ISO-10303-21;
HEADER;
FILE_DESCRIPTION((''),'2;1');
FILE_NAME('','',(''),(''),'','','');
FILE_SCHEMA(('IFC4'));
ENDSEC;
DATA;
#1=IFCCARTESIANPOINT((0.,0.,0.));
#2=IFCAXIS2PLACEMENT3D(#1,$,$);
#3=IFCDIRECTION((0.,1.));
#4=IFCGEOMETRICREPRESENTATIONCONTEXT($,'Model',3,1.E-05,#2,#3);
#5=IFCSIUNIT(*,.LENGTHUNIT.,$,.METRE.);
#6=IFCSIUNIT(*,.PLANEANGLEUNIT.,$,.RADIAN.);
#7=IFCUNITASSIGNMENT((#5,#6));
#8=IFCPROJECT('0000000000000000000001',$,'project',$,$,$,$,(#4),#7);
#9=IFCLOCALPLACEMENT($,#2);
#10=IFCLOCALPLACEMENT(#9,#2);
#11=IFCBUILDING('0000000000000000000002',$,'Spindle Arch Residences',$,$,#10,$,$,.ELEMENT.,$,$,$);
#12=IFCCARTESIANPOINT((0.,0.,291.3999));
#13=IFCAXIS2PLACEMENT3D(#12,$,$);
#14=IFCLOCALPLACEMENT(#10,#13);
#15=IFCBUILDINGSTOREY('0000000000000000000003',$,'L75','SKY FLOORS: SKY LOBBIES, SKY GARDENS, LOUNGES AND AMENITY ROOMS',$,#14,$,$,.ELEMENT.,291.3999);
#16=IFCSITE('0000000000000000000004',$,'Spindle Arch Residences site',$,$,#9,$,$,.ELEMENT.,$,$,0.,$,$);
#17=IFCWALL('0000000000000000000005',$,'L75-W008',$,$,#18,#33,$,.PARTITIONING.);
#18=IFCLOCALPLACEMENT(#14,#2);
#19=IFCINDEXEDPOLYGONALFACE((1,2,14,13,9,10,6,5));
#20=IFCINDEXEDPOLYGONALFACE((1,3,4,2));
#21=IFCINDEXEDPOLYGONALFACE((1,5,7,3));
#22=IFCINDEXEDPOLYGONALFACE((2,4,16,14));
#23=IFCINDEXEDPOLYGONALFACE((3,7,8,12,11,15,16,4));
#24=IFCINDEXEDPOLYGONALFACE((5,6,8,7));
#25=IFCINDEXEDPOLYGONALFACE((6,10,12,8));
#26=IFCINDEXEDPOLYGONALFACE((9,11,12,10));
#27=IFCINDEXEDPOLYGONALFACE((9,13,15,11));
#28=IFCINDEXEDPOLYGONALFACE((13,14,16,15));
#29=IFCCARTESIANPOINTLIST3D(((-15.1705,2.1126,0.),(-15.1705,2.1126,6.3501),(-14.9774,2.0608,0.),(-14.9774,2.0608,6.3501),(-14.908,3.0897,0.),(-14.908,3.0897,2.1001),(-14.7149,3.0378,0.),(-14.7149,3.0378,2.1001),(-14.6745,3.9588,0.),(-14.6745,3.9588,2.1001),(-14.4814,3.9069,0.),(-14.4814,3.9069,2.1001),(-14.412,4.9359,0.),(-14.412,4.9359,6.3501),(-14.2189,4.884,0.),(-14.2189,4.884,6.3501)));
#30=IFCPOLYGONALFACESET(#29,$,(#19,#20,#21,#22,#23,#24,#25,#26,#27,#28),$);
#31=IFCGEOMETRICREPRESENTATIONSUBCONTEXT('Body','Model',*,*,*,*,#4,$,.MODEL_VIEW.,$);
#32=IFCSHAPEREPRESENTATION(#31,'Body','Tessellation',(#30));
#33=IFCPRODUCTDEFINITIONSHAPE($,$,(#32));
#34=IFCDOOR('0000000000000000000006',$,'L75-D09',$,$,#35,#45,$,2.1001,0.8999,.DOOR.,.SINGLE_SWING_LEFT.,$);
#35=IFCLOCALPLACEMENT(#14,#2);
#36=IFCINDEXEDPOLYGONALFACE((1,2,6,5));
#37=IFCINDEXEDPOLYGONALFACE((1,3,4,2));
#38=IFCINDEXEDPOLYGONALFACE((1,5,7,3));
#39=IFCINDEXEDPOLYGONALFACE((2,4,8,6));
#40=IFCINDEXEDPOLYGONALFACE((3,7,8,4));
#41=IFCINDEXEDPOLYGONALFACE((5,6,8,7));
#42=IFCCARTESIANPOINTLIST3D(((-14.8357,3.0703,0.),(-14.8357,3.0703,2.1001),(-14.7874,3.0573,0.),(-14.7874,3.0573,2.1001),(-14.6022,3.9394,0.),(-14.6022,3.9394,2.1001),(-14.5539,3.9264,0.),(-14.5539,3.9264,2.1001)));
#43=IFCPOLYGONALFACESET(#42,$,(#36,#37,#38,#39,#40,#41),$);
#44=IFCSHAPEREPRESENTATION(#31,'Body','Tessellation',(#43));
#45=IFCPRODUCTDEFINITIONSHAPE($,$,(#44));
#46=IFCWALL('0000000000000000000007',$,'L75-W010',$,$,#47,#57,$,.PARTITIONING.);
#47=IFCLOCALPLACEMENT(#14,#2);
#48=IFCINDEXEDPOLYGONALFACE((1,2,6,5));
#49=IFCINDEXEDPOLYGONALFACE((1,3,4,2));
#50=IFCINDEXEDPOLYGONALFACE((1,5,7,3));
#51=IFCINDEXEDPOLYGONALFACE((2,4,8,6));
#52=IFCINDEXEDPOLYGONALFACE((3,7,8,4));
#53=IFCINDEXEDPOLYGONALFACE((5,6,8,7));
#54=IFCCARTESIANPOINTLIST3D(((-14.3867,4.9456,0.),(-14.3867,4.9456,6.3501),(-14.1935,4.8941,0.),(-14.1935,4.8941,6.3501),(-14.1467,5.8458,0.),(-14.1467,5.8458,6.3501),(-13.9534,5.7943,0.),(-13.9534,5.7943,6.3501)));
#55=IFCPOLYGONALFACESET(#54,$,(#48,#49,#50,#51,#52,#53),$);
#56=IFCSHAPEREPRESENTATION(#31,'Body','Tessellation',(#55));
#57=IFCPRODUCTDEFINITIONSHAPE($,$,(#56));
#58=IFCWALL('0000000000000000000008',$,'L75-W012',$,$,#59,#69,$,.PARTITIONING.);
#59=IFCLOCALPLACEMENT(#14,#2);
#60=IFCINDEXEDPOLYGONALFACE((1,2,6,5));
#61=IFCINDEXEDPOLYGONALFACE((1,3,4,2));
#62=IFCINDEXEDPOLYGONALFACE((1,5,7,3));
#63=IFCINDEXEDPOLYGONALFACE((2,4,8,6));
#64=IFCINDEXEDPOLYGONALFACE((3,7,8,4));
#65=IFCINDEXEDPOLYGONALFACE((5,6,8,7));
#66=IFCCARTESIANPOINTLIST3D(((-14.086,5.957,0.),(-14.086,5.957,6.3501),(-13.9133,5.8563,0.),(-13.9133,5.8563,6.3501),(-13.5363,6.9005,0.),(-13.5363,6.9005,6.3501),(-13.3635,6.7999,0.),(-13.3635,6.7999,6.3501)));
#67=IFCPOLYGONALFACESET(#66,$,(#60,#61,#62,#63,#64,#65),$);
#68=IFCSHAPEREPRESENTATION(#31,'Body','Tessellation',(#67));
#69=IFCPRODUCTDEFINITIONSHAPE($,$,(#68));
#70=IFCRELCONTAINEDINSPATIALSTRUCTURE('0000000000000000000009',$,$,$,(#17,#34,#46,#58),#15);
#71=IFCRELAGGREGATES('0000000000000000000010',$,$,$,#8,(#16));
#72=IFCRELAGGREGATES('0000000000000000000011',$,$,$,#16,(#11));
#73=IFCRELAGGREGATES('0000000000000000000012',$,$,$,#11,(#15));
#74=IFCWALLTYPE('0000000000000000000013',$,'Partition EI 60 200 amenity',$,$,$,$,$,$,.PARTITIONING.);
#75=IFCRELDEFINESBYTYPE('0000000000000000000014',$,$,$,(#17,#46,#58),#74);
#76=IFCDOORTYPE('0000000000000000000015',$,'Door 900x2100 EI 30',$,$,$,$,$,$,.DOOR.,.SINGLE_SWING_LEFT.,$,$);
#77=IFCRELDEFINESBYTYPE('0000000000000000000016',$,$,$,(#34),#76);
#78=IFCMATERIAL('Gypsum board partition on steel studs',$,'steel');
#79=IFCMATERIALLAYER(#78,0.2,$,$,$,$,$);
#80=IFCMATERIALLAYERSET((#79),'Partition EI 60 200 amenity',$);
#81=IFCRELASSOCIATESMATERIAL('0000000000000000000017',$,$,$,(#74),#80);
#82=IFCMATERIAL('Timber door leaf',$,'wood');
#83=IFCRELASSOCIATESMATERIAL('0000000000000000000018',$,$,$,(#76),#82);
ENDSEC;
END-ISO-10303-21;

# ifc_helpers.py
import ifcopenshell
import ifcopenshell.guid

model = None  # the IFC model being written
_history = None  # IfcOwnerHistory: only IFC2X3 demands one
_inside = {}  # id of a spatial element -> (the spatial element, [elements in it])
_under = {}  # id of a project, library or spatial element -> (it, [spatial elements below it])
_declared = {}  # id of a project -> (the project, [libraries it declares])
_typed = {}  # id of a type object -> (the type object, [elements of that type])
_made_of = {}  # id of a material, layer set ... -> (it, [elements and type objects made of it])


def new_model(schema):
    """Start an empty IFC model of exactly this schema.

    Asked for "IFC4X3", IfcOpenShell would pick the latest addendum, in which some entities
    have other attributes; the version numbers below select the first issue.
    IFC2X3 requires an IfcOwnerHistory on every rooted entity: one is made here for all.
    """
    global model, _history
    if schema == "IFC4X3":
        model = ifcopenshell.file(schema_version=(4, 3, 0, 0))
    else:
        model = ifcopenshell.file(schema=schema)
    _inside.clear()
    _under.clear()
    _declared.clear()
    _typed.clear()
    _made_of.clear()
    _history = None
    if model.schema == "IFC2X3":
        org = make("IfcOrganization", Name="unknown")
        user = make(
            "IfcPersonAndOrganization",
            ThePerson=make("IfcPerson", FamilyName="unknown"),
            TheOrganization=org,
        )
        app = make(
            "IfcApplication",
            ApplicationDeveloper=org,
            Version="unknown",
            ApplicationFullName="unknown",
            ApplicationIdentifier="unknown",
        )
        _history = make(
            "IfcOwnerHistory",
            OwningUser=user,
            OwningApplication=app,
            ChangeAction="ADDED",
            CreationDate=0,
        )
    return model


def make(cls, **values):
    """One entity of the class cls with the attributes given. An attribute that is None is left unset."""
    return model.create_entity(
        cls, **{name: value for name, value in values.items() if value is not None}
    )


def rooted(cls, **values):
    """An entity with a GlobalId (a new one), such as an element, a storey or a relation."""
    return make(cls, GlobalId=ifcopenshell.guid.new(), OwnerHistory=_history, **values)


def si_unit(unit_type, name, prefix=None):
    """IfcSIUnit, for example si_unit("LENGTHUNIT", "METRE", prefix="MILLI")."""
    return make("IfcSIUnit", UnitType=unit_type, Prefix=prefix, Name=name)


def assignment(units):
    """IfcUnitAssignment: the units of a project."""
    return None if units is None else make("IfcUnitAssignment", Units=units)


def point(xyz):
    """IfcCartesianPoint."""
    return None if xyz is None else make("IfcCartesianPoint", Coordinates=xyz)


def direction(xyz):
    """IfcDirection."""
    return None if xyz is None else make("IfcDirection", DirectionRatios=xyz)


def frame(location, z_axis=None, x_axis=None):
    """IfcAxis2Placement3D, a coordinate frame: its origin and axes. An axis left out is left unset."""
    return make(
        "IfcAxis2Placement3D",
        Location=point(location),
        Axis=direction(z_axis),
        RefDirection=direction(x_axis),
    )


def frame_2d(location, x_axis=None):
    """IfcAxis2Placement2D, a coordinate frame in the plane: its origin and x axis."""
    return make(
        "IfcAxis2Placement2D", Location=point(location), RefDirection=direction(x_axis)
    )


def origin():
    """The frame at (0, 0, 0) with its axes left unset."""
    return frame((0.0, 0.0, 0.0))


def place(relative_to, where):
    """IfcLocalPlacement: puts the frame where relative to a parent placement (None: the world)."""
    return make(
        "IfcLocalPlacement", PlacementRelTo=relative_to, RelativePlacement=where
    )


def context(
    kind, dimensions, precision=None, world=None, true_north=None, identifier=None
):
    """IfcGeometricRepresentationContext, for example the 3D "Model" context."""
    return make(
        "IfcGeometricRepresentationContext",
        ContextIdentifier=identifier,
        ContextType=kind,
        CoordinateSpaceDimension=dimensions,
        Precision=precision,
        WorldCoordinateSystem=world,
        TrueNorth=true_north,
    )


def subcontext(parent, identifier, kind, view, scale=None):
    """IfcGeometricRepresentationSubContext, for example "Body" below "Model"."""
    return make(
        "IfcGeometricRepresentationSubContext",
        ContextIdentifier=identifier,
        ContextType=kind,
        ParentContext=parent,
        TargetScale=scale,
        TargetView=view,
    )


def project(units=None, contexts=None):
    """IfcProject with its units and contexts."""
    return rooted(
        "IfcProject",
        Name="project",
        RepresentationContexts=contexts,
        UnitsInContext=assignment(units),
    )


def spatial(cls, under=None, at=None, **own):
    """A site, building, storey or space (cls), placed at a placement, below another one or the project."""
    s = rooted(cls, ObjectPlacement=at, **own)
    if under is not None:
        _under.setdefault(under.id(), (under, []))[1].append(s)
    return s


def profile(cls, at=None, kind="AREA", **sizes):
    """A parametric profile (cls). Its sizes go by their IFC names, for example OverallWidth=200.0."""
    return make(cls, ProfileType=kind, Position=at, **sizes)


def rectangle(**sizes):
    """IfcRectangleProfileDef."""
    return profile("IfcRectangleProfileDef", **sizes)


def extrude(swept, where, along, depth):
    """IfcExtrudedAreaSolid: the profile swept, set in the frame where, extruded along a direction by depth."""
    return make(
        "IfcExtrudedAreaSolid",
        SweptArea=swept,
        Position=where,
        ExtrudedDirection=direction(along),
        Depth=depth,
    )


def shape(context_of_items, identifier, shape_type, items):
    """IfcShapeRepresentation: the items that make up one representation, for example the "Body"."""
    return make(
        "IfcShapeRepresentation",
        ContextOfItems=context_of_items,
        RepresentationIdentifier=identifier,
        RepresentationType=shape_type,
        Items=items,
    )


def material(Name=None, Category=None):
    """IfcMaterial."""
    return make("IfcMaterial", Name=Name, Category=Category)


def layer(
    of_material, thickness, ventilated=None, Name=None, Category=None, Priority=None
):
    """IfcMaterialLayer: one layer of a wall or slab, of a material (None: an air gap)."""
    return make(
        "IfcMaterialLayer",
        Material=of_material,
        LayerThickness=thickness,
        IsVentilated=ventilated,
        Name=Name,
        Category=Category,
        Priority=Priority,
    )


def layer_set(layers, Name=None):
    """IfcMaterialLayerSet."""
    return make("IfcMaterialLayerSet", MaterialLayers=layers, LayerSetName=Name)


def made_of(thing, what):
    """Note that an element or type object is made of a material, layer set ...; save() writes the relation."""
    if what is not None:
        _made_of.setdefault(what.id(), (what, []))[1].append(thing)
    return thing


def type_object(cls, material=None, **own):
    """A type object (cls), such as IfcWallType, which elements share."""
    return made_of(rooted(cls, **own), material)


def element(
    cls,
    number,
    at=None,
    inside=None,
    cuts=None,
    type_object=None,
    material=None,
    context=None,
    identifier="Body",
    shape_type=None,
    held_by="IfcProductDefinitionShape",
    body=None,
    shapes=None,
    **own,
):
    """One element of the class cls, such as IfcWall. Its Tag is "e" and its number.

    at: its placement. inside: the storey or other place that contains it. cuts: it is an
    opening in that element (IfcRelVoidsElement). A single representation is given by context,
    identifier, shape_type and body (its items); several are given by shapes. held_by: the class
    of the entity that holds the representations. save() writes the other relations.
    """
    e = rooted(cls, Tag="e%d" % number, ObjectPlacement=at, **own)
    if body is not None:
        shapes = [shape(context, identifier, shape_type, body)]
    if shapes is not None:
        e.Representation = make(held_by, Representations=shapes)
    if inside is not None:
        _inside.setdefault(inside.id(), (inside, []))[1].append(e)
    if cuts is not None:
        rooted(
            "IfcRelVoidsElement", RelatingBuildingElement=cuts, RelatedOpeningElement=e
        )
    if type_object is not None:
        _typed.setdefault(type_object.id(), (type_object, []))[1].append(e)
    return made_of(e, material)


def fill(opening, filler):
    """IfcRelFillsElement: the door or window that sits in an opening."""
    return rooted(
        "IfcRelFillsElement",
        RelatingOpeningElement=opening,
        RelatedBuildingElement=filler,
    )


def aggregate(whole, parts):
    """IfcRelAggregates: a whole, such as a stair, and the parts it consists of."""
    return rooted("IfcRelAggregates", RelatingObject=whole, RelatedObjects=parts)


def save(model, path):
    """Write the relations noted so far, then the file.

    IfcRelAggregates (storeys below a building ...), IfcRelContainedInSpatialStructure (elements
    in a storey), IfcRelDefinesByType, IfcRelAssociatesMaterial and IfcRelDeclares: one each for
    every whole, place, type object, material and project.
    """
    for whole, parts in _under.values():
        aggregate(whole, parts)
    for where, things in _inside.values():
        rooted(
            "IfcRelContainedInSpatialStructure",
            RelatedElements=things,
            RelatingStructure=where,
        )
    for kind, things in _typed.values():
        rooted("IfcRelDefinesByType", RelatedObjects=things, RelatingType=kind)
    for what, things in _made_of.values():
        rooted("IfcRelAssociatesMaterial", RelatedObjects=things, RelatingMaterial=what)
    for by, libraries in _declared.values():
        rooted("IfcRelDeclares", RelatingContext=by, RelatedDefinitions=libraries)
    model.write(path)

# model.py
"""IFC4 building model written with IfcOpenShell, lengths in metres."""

from ifc_helpers import new_model, si_unit, direction, frame, frame_2d, origin, place, context, subcontext, project, spatial, rectangle, extrude, material, layer, layer_set, type_object, element, fill, save


model = new_model("IFC4")

# Units and contexts
model_context = context("Model", 3, precision=1e-05, world=origin(), true_north=direction((0.0, 1.0)))
body_context = subcontext(model_context, "Body", "Model", "MODEL_VIEW")
ifc_project = project(units=[si_unit("LENGTHUNIT", "METRE"), si_unit("PLANEANGLEUNIT", "RADIAN")], contexts=[model_context])

# Site, building, storey
site_placement = place(None, origin())
site = spatial("IfcSite", under=ifc_project, at=site_placement, Name="Spindle Arch Residences site", CompositionType="ELEMENT", RefElevation=0.0)
building_placement = place(site_placement, origin())
building = spatial("IfcBuilding", under=site, at=building_placement, Name="Spindle Arch Residences", CompositionType="ELEMENT")
storey_placement = place(building_placement, frame((0.0, 0.0, 291.3999)))
storey = spatial("IfcBuildingStorey", under=building, at=storey_placement, Name="L75", Description="SKY FLOORS: SKY LOBBIES, SKY GARDENS, LOUNGES AND AMENITY ROOMS", CompositionType="ELEMENT", Elevation=291.3999)

# Shared definitions
ifc_material_1 = material(Name="Gypsum board partition on steel studs", Category="steel")
ifc_layer_1 = layer(ifc_material_1, 0.2)
ifc_layer_set_1 = layer_set([ifc_layer_1], Name="Partition EI 60 200 amenity")
wall_type = type_object("IfcWallType", Name="Partition EI 60 200 amenity", PredefinedType="PARTITIONING", material=ifc_layer_set_1)

# Wall, opening, door
ifc_material_2 = material(Name="Timber door leaf", Category="wood")
door_type = type_object("IfcDoorType", Name="Door 900x2100 EI 30", OperationType="SINGLE_SWING_LEFT", PredefinedType="DOOR", material=ifc_material_2)
wall_1_placement = place(storey_placement, frame((-14.3154, 4.9099, 0.0), z_axis=(0.0, 0.0, 1.0), x_axis=(-0.259476, -0.965749, 0.0)))
wall_1 = element("IfcWall", 1, at=wall_1_placement, inside=storey, type_object=wall_type, Name="L75-W008", PredefinedType="PARTITIONING", context=body_context, shape_type="SweptSolid", body=[
    extrude(rectangle(XDim=2.9233, YDim=0.2, at=frame_2d((1.4617, 0.0))), origin(), (0.0, 0.0, 1.0), 6.3501),
])
opening_1_placement = place(wall_1_placement, frame((1.0117, 0.0, 0.0)))
opening_1 = element("IfcOpeningElement", 2, at=opening_1_placement, cuts=wall_1, PredefinedType="OPENING", context=body_context, shape_type="SweptSolid", body=[
    extrude(rectangle(XDim=0.8999, YDim=2.1001, at=frame_2d((0.45, 1.05))), frame((0.0, 0.1099, 0.0), z_axis=(0.0, -1.0, 0.0), x_axis=(1.0, 0.0, 0.0)), (0.0, 0.0, 1.0), 0.22),
])
door_1_placement = place(opening_1_placement, origin())
door_1 = element("IfcDoor", 3, at=door_1_placement, inside=storey, type_object=door_type, Name="L75-D09", OperationType="SINGLE_SWING_LEFT", OverallHeight=2.1001, OverallWidth=0.8999, PredefinedType="DOOR", context=body_context, shape_type="SweptSolid", body=[
    extrude(rectangle(XDim=0.8999, YDim=2.1001, at=frame_2d((0.45, 1.05))), frame((0.0, 0.0249, 0.0), z_axis=(0.0, -1.0, 0.0), x_axis=(1.0, 0.0, 0.0)), (0.0, 0.0, 1.0), 0.05),
])
fill(opening_1, door_1)

# Walls
wall_2_placement = place(storey_placement, frame((-14.05, 5.8201, 0.0), z_axis=(0.0, 0.0, 1.0), x_axis=(-0.257614, -0.966248, 0.0)))
element("IfcWall", 4, at=wall_2_placement, inside=storey, type_object=wall_type, Name="L75-W010", PredefinedType="PARTITIONING", context=body_context, shape_type="SweptSolid", body=[
    extrude(rectangle(XDim=0.9316, YDim=0.2, at=frame_2d((0.4658, 0.0))), origin(), (0.0, 0.0, 1.0), 6.3501),
])
wall_3_placement = place(storey_placement, frame((-13.45, 6.8501, 0.0), z_axis=(0.0, 0.0, 1.0), x_axis=(-0.50344, -0.86403, 0.0)))
element("IfcWall", 5, at=wall_3_placement, inside=storey, type_object=wall_type, Name="L75-W012", PredefinedType="PARTITIONING", context=body_context, shape_type="SweptSolid", body=[
    extrude(rectangle(XDim=1.092, YDim=0.2, at=frame_2d((0.5459, 0.0))), origin(), (0.0, 0.0, 1.0), 6.3501),
])

save(model, "model.ifc")
